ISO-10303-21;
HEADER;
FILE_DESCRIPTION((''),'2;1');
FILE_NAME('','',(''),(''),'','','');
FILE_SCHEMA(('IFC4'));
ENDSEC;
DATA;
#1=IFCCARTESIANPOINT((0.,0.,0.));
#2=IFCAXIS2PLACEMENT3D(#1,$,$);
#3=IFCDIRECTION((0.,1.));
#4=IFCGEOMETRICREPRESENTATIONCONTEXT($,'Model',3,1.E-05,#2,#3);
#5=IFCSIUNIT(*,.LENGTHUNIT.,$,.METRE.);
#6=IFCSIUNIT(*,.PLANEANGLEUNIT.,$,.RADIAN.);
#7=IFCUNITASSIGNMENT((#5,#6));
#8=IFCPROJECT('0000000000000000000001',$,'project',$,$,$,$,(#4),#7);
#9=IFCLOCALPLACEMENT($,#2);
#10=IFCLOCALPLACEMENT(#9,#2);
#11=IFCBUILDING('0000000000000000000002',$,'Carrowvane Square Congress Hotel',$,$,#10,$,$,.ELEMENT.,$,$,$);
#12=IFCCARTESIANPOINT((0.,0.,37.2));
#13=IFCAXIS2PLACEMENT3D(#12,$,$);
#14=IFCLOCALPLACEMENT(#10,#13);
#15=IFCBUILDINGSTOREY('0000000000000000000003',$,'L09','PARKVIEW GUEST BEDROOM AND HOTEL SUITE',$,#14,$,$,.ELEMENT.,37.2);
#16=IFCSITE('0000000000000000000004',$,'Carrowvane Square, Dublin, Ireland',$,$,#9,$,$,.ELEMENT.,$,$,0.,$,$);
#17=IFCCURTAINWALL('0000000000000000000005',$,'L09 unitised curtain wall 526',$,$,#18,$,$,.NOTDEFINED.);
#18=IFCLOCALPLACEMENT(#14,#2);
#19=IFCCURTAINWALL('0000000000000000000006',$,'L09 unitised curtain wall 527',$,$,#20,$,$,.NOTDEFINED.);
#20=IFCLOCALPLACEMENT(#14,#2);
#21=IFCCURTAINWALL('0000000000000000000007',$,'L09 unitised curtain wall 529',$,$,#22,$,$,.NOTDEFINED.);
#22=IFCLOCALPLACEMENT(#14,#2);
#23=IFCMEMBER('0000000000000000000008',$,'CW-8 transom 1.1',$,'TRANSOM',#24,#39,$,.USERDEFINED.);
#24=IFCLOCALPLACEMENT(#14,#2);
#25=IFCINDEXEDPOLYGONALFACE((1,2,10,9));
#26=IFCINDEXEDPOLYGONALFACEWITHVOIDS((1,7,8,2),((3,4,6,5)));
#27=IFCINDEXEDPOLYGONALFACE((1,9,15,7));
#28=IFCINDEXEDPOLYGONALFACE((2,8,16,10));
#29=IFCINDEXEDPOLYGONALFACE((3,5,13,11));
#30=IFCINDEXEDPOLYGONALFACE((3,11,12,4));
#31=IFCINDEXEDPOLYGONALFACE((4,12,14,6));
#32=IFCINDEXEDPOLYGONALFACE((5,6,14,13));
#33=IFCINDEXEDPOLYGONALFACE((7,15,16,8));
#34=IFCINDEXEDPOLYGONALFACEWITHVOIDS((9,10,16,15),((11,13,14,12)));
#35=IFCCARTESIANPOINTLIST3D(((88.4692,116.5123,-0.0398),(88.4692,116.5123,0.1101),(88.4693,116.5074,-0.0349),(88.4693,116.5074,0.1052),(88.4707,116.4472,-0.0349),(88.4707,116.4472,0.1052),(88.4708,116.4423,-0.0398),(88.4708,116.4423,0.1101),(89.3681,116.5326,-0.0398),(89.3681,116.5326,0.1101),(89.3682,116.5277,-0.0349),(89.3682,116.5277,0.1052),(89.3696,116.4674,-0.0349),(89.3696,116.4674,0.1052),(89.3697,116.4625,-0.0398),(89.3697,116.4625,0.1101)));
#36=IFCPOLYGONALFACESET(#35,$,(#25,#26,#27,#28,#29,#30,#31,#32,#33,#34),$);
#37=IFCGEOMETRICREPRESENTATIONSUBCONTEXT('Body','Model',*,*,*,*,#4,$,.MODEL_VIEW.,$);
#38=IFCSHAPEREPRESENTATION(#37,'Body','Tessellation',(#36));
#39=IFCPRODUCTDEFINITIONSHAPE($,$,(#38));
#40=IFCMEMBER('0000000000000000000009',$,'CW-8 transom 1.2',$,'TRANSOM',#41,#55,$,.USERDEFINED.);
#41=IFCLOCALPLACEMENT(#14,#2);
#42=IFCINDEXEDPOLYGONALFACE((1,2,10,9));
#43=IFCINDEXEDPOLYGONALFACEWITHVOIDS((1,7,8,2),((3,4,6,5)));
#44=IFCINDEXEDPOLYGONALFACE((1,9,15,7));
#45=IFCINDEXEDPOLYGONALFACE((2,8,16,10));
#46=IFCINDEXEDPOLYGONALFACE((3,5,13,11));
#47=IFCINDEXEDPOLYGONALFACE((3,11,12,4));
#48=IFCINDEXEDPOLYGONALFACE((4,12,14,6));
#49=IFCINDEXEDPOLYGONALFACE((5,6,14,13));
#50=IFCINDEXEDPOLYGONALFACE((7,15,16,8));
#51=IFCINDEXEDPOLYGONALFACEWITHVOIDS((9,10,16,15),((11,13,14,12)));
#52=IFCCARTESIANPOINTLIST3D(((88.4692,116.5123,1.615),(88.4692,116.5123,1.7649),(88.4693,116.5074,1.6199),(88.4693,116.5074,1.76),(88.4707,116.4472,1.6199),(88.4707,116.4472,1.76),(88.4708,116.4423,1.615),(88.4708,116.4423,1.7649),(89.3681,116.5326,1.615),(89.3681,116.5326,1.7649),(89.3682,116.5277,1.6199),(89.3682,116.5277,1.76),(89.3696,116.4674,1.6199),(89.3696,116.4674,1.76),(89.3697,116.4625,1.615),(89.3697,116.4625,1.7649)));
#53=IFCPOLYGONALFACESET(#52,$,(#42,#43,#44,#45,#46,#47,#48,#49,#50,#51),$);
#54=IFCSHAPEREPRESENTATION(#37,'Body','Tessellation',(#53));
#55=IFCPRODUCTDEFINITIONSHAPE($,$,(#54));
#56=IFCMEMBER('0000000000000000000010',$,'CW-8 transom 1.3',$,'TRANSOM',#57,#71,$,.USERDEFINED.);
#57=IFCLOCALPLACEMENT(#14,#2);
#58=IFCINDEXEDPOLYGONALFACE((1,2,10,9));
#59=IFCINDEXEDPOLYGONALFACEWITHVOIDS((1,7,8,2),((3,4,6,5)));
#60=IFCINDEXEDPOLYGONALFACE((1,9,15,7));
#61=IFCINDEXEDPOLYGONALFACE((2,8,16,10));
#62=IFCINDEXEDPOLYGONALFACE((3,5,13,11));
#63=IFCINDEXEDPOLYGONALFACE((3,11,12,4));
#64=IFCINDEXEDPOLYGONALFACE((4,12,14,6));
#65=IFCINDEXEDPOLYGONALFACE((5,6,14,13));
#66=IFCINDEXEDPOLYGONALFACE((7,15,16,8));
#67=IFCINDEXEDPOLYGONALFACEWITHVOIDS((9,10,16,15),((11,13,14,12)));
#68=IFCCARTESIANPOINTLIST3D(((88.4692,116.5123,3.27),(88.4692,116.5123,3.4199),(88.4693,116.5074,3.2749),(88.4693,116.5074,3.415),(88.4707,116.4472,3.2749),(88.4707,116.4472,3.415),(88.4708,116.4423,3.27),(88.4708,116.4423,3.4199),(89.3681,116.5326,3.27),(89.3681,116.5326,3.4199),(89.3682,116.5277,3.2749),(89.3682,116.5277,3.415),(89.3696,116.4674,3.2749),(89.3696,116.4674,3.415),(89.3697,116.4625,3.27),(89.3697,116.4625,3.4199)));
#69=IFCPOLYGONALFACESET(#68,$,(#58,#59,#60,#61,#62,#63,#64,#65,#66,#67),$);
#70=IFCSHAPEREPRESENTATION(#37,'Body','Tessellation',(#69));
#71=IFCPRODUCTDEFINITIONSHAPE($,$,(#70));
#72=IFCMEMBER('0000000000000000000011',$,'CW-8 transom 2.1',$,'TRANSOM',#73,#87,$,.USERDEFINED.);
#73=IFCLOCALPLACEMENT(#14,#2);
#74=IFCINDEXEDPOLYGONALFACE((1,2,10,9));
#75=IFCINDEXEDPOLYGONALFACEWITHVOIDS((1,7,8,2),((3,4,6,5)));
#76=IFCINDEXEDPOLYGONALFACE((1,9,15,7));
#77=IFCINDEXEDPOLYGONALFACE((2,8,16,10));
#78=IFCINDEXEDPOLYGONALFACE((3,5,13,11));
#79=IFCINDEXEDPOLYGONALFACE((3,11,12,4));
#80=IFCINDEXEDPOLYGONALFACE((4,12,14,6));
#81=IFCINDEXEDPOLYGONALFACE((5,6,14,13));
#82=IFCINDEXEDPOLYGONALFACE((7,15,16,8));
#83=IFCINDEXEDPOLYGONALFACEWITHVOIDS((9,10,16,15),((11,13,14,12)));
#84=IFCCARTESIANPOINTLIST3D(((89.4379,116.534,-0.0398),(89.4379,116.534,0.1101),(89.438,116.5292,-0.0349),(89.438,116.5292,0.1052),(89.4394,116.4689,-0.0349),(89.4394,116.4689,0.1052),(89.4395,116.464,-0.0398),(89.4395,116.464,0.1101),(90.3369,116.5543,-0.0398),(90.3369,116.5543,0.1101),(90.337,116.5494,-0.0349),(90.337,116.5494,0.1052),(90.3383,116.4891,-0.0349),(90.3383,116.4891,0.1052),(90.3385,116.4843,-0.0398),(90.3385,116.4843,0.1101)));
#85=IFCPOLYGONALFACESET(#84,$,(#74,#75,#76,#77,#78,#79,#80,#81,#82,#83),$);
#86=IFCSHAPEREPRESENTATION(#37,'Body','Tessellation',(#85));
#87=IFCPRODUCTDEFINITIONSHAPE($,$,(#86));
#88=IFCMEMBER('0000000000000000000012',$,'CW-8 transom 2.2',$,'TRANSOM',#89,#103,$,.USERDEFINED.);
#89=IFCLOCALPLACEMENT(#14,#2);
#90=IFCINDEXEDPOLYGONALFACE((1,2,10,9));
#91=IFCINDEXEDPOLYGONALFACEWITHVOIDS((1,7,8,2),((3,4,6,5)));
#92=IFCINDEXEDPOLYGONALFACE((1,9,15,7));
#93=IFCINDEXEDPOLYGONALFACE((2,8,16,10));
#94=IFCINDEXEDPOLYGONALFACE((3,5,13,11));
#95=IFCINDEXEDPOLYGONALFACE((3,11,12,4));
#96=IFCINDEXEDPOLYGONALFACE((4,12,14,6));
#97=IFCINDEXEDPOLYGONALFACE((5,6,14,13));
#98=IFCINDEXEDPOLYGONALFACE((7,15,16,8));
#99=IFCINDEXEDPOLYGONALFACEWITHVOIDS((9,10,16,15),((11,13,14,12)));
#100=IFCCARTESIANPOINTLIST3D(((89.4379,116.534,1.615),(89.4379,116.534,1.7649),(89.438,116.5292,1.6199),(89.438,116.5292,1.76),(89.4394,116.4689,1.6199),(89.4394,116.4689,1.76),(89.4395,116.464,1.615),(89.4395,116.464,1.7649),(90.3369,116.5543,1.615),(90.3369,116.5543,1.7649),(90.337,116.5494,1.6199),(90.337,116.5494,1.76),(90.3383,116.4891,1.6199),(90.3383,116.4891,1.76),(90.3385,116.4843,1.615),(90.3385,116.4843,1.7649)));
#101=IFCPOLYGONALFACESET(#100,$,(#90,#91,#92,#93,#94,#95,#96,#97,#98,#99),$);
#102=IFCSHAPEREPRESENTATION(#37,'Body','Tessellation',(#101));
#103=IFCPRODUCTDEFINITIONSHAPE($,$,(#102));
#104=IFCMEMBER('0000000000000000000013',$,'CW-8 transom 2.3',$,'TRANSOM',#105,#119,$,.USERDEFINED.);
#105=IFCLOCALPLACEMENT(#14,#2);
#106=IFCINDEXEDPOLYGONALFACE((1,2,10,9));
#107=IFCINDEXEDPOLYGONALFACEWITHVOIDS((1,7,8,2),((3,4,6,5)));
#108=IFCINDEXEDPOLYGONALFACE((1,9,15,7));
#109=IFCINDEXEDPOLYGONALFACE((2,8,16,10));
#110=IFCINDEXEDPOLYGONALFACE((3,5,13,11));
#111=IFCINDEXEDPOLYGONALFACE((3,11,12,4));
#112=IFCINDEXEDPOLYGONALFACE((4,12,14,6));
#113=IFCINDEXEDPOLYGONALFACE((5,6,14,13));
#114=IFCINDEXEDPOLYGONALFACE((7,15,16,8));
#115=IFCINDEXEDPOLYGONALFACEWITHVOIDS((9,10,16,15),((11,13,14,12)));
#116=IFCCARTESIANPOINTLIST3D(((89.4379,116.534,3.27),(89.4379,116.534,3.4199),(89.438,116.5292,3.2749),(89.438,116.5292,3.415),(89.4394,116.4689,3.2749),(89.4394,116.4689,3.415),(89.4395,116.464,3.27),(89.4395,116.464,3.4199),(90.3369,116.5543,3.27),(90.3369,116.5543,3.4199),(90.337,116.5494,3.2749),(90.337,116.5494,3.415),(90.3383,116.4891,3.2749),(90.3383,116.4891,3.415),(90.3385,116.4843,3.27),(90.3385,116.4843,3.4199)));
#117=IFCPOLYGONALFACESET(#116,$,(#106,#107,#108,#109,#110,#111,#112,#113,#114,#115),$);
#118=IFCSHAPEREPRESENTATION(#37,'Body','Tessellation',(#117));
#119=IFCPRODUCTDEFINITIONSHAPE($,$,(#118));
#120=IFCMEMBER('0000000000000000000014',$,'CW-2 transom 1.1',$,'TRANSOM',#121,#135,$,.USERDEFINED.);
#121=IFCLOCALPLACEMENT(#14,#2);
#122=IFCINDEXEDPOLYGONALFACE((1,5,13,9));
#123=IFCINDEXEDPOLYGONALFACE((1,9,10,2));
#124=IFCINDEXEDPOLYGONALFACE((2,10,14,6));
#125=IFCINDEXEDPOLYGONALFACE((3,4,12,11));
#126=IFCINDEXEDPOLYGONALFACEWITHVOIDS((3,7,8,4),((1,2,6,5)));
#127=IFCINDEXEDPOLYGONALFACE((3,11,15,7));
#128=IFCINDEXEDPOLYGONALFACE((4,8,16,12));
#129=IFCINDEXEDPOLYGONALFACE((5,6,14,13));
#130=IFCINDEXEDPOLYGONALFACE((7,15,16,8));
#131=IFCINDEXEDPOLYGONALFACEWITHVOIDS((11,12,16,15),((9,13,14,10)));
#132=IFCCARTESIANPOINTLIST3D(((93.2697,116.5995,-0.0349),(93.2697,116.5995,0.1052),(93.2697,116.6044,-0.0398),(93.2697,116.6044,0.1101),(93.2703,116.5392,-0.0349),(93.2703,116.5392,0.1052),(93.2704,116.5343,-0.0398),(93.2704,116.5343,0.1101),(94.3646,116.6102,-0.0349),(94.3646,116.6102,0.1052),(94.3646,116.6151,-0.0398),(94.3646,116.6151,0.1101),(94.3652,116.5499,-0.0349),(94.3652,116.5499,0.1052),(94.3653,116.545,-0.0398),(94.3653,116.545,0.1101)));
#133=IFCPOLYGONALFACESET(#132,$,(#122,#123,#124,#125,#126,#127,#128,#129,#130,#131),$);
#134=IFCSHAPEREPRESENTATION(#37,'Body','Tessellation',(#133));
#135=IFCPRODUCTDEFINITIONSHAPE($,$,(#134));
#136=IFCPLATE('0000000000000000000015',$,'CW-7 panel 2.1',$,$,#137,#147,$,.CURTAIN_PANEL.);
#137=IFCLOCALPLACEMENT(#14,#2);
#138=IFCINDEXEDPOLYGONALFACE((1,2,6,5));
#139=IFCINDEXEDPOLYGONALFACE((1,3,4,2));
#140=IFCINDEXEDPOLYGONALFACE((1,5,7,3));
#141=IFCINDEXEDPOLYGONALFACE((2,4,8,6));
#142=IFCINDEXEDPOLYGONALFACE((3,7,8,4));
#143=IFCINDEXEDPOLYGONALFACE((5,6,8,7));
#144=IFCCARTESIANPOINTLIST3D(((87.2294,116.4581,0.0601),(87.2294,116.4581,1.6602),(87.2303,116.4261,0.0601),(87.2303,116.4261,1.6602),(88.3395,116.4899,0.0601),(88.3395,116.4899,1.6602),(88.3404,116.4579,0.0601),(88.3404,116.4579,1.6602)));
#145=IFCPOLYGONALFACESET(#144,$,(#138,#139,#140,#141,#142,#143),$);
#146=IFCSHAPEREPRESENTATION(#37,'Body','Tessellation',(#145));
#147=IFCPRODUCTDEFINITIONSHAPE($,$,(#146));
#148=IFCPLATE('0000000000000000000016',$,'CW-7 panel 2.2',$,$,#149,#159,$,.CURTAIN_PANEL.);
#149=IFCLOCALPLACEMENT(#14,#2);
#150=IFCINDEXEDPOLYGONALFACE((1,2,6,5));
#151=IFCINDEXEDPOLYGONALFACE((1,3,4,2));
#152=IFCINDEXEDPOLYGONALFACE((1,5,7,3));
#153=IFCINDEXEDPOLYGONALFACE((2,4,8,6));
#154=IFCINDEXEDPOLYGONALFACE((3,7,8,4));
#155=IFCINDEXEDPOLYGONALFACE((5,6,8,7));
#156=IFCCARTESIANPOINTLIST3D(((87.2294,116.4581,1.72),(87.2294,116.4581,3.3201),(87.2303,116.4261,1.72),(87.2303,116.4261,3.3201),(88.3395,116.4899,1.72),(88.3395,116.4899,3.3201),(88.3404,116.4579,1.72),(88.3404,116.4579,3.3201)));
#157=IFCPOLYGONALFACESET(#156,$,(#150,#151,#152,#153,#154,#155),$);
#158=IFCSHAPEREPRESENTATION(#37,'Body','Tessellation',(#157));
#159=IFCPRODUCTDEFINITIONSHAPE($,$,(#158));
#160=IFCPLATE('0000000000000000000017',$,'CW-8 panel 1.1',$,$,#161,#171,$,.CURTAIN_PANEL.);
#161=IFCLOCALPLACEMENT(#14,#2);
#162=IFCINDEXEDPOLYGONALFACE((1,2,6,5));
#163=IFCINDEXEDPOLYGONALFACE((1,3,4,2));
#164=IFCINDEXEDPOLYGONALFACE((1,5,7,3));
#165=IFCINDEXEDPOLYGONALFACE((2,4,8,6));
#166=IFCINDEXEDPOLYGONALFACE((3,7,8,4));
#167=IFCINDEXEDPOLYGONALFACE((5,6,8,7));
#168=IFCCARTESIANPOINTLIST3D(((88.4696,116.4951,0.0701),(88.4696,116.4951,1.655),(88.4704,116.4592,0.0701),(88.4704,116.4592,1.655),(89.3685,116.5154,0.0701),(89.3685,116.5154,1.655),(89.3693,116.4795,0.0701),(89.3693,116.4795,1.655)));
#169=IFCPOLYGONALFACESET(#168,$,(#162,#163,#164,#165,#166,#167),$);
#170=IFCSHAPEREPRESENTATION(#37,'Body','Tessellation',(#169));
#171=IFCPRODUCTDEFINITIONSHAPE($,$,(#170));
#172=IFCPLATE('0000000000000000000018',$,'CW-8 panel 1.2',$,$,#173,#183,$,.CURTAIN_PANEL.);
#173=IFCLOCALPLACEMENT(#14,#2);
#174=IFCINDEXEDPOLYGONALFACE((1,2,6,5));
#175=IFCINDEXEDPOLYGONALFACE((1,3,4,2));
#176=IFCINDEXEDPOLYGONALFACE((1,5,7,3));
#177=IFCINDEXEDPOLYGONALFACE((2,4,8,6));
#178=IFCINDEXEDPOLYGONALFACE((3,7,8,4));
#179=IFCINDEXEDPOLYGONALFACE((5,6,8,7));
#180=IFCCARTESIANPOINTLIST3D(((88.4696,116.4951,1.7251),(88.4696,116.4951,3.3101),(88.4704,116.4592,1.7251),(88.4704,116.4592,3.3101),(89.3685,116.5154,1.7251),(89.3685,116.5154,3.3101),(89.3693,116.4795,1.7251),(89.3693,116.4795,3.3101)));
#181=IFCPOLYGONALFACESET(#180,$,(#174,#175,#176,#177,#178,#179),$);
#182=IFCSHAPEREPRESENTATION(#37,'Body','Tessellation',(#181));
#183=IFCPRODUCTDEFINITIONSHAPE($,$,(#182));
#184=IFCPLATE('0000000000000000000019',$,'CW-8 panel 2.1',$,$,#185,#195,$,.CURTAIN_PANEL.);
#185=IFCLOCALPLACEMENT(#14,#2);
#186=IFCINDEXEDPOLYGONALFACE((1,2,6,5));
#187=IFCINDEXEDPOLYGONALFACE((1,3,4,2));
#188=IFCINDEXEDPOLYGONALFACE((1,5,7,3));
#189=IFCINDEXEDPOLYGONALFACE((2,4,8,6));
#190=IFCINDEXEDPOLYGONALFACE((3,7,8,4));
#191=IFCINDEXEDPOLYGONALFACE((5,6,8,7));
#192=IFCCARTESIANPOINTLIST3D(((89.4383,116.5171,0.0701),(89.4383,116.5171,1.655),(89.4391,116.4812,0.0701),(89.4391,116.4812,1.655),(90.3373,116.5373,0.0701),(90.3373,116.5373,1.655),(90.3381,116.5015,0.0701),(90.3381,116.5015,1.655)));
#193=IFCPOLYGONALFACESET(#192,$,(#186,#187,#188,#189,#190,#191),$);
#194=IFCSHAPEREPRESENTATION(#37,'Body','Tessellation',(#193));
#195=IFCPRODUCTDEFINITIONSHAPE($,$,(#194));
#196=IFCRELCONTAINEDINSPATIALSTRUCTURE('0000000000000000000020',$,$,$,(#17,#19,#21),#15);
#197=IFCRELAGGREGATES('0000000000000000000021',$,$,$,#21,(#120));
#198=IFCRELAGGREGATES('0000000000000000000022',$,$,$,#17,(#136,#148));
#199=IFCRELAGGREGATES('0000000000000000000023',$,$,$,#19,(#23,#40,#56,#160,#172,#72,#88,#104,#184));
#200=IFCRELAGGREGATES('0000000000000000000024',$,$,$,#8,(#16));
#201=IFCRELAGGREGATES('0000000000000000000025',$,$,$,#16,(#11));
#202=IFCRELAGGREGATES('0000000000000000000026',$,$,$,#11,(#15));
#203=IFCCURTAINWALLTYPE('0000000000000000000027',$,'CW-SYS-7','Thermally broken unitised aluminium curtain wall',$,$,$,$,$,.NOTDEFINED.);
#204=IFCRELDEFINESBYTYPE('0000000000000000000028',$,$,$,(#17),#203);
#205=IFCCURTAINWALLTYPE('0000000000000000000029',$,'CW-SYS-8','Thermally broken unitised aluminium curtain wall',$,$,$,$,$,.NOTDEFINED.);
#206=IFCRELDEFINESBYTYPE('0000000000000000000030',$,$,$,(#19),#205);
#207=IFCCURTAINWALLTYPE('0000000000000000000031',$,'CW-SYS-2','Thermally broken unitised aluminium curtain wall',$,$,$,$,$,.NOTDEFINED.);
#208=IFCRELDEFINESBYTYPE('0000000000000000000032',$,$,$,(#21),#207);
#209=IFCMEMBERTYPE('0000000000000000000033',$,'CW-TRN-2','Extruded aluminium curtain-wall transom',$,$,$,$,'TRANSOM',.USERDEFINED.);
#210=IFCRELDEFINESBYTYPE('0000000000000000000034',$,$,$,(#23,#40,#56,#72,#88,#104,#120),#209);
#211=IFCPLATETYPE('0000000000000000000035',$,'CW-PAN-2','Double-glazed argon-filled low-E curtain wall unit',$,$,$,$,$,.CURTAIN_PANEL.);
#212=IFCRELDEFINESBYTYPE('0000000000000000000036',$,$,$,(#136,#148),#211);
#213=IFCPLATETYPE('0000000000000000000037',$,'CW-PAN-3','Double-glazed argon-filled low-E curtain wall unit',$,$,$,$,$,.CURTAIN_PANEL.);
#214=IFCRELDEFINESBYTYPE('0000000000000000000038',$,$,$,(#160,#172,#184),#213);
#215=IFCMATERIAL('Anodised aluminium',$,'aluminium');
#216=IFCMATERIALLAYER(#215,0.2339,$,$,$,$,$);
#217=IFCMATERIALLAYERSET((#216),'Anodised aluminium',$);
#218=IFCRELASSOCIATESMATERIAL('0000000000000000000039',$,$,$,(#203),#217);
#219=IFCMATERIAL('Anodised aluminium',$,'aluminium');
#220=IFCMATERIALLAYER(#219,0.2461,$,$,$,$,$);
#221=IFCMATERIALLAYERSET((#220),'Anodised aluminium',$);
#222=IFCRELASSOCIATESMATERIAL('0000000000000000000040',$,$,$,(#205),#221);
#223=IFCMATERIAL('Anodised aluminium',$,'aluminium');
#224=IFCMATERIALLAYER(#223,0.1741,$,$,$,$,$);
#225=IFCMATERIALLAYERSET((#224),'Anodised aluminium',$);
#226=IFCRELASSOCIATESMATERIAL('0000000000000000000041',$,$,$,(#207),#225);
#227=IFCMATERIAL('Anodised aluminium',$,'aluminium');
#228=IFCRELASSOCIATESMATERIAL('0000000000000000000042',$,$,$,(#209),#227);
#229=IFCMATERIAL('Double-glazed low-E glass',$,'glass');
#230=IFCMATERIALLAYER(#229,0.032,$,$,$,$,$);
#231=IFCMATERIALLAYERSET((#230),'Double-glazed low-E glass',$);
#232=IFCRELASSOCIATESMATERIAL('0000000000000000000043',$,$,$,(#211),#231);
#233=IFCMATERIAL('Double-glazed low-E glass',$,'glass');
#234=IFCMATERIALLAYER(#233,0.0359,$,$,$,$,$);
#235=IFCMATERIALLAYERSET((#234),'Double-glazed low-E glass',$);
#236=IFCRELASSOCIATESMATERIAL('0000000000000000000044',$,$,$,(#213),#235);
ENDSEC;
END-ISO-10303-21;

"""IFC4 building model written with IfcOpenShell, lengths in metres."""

from ifc_helpers import new_model, si_unit, direction, frame, origin, origin_2d, place, context, subcontext, project, spatial, rectangle, hollow_rectangle, extrude, material, layer, layer_set, material_profile, profile_set, type_object, element, aggregate, save


model = new_model("IFC4")

# Units and contexts
model_context = context("Model", 3, precision=1e-05, world=origin(), true_north=direction((0.0, 1.0)))
body_context = subcontext(model_context, "Body", "Model", "MODEL_VIEW")
ifc_project = project(units=[si_unit("LENGTHUNIT", "METRE"), si_unit("PLANEANGLEUNIT", "RADIAN")], contexts=[model_context])

# Site, building, storey
site_placement = place(None, origin())
site = spatial("IfcSite", under=ifc_project, at=site_placement, Name="Carrowvane Square, Dublin, Ireland", CompositionType="ELEMENT", RefElevation=0.0)
building_placement = place(site_placement, origin())
building = spatial("IfcBuilding", under=site, at=building_placement, Name="Carrowvane Square Congress Hotel", CompositionType="ELEMENT")
storey_placement = place(building_placement, frame((0.0, 0.0, 37.2)))
storey = spatial("IfcBuildingStorey", under=building, at=storey_placement, Name="L09", Description="PARKVIEW GUEST BEDROOM AND HOTEL SUITE", CompositionType="ELEMENT", Elevation=37.2)

# Curtain wall
ifc_material_1 = material(Name="Anodised aluminium", Category="aluminium")
ifc_layer_1 = layer(ifc_material_1, 0.2339)
ifc_layer_set_1 = layer_set([ifc_layer_1], Name="Anodised aluminium")
curtain_wall_type_1 = type_object("IfcCurtainWallType", Name="CW-SYS-7", Description="Thermally broken unitised aluminium curtain wall", PredefinedType="NOTDEFINED", material=ifc_layer_set_1)
curtain_wall_1_placement = place(storey_placement, origin())
curtain_wall_1 = element("IfcCurtainWall", 1, at=curtain_wall_1_placement, inside=storey, type_object=curtain_wall_type_1, Name="L09 unitised curtain wall 526", PredefinedType="NOTDEFINED")

# Curtain wall
ifc_material_2 = material(Name="Anodised aluminium", Category="aluminium")
ifc_layer_2 = layer(ifc_material_2, 0.2461)
ifc_layer_set_2 = layer_set([ifc_layer_2], Name="Anodised aluminium")
curtain_wall_type_2 = type_object("IfcCurtainWallType", Name="CW-SYS-8", Description="Thermally broken unitised aluminium curtain wall", PredefinedType="NOTDEFINED", material=ifc_layer_set_2)
curtain_wall_2_placement = place(storey_placement, origin())
curtain_wall_2 = element("IfcCurtainWall", 2, at=curtain_wall_2_placement, inside=storey, type_object=curtain_wall_type_2, Name="L09 unitised curtain wall 527", PredefinedType="NOTDEFINED")

# Curtain wall
ifc_material_3 = material(Name="Anodised aluminium", Category="aluminium")
ifc_layer_3 = layer(ifc_material_3, 0.1741)
ifc_layer_set_3 = layer_set([ifc_layer_3], Name="Anodised aluminium")
curtain_wall_type_3 = type_object("IfcCurtainWallType", Name="CW-SYS-2", Description="Thermally broken unitised aluminium curtain wall", PredefinedType="NOTDEFINED", material=ifc_layer_set_3)
curtain_wall_3_placement = place(storey_placement, origin())
curtain_wall_3 = element("IfcCurtainWall", 3, at=curtain_wall_3_placement, inside=storey, type_object=curtain_wall_type_3, Name="L09 unitised curtain wall 529", PredefinedType="NOTDEFINED")

# Members
ifc_material_4 = material(Name="Anodised aluminium", Category="aluminium")
ifc_material_profile_1 = material_profile(ifc_material_4, hollow_rectangle(XDim=0.0701, YDim=0.1499, WallThickness=0.0049, at=origin_2d()), Name="CW-TR 70x150x5")
ifc_profile_set_1 = profile_set([ifc_material_profile_1], Name="Anodised aluminium")
member_type_1 = type_object("IfcMemberType", Name="CW-TRN-2", Description="Extruded aluminium curtain-wall transom", ElementType="TRANSOM", PredefinedType="USERDEFINED", material=ifc_profile_set_1)
member_1_placement = place(storey_placement, frame((88.47, 116.4773, 0.0352), z_axis=(0.999746, 0.022536, 0.0), x_axis=(-0.022536, 0.999746, 0.0)))
member_1 = element("IfcMember", 4, at=member_1_placement, type_object=member_type_1, Name="CW-8 transom 1.1", ObjectType="TRANSOM", PredefinedType="USERDEFINED", context=body_context, shape_type="SweptSolid", body=[
    extrude(hollow_rectangle(XDim=0.0701, YDim=0.1499, WallThickness=0.0049, at=origin_2d()), origin(), (0.0, 0.0, 1.0), 0.8992),
])
member_2_placement = place(storey_placement, frame((88.47, 116.4773, 1.6899), z_axis=(0.999746, 0.022536, 0.0), x_axis=(-0.022536, 0.999746, 0.0)))
member_2 = element("IfcMember", 5, at=member_2_placement, type_object=member_type_1, Name="CW-8 transom 1.2", ObjectType="TRANSOM", PredefinedType="USERDEFINED", context=body_context, shape_type="SweptSolid", body=[
    extrude(hollow_rectangle(XDim=0.0701, YDim=0.1499, WallThickness=0.0049, at=origin_2d()), origin(), (0.0, 0.0, 1.0), 0.8992),
])
member_3_placement = place(storey_placement, frame((88.47, 116.4773, 3.345), z_axis=(0.999746, 0.022536, 0.0), x_axis=(-0.022536, 0.999746, 0.0)))
member_3 = element("IfcMember", 6, at=member_3_placement, type_object=member_type_1, Name="CW-8 transom 1.3", ObjectType="TRANSOM", PredefinedType="USERDEFINED", context=body_context, shape_type="SweptSolid", body=[
    extrude(hollow_rectangle(XDim=0.0701, YDim=0.1499, WallThickness=0.0049, at=origin_2d()), origin(), (0.0, 0.0, 1.0), 0.8992),
])
member_4_placement = place(storey_placement, frame((89.4387, 116.499, 0.0352), z_axis=(0.999746, 0.022536, 0.0), x_axis=(-0.022536, 0.999746, 0.0)))
member_4 = element("IfcMember", 7, at=member_4_placement, type_object=member_type_1, Name="CW-8 transom 2.1", ObjectType="TRANSOM", PredefinedType="USERDEFINED", context=body_context, shape_type="SweptSolid", body=[
    extrude(hollow_rectangle(XDim=0.0701, YDim=0.1499, WallThickness=0.0049, at=origin_2d()), origin(), (0.0, 0.0, 1.0), 0.8992),
])
member_5_placement = place(storey_placement, frame((89.4387, 116.499, 1.6899), z_axis=(0.999746, 0.022536, 0.0), x_axis=(-0.022536, 0.999746, 0.0)))
member_5 = element("IfcMember", 8, at=member_5_placement, type_object=member_type_1, Name="CW-8 transom 2.2", ObjectType="TRANSOM", PredefinedType="USERDEFINED", context=body_context, shape_type="SweptSolid", body=[
    extrude(hollow_rectangle(XDim=0.0701, YDim=0.1499, WallThickness=0.0049, at=origin_2d()), origin(), (0.0, 0.0, 1.0), 0.8992),
])
member_6_placement = place(storey_placement, frame((89.4387, 116.499, 3.345), z_axis=(0.999746, 0.022536, 0.0), x_axis=(-0.022536, 0.999746, 0.0)))
member_6 = element("IfcMember", 9, at=member_6_placement, type_object=member_type_1, Name="CW-8 transom 2.3", ObjectType="TRANSOM", PredefinedType="USERDEFINED", context=body_context, shape_type="SweptSolid", body=[
    extrude(hollow_rectangle(XDim=0.0701, YDim=0.1499, WallThickness=0.0049, at=origin_2d()), origin(), (0.0, 0.0, 1.0), 0.8992),
])
member_7_placement = place(storey_placement, frame((93.27, 116.5693, 0.0352), z_axis=(0.999952, 0.00981, 0.0), x_axis=(-0.00981, 0.999952, 0.0)))
member_7 = element("IfcMember", 10, at=member_7_placement, type_object=member_type_1, Name="CW-2 transom 1.1", ObjectType="TRANSOM", PredefinedType="USERDEFINED", context=body_context, shape_type="SweptSolid", body=[
    extrude(hollow_rectangle(XDim=0.0701, YDim=0.1499, WallThickness=0.0049, at=origin_2d()), origin(), (0.0, 0.0, 1.0), 1.095),
])
aggregate(curtain_wall_3, [member_7])

# Plates
ifc_material_5 = material(Name="Double-glazed low-E glass", Category="glass")
ifc_layer_4 = layer(ifc_material_5, 0.032)
ifc_layer_set_4 = layer_set([ifc_layer_4], Name="Double-glazed low-E glass")
plate_type_1 = type_object("IfcPlateType", Name="CW-PAN-2", Description="Double-glazed argon-filled low-E curtain wall unit", PredefinedType="CURTAIN_PANEL", material=ifc_layer_set_4)
plate_1_placement = place(storey_placement, frame((87.7849, 116.458, 0.0601), z_axis=(0.0, 0.0, 1.0), x_axis=(0.99959, 0.028638, 0.0)))
plate_1 = element("IfcPlate", 11, at=plate_1_placement, type_object=plate_type_1, Name="CW-7 panel 2.1", PredefinedType="CURTAIN_PANEL", context=body_context, shape_type="SweptSolid", body=[
    extrude(rectangle(XDim=1.1106, YDim=0.032, at=origin_2d()), origin(), (0.0, 0.0, 1.0), 1.6001),
])
plate_2_placement = place(storey_placement, frame((87.7849, 116.458, 1.72), z_axis=(0.0, 0.0, 1.0), x_axis=(0.99959, 0.028638, 0.0)))
plate_2 = element("IfcPlate", 12, at=plate_2_placement, type_object=plate_type_1, Name="CW-7 panel 2.2", PredefinedType="CURTAIN_PANEL", context=body_context, shape_type="SweptSolid", body=[
    extrude(rectangle(XDim=1.1106, YDim=0.032, at=origin_2d()), origin(), (0.0, 0.0, 1.0), 1.6001),
])
aggregate(curtain_wall_1, [plate_1, plate_2])
ifc_material_6 = material(Name="Double-glazed low-E glass", Category="glass")
ifc_layer_5 = layer(ifc_material_6, 0.0359)
ifc_layer_set_5 = layer_set([ifc_layer_5], Name="Double-glazed low-E glass")
plate_type_2 = type_object("IfcPlateType", Name="CW-PAN-3", Description="Double-glazed argon-filled low-E curtain wall unit", PredefinedType="CURTAIN_PANEL", material=ifc_layer_set_5)
plate_3_placement = place(storey_placement, frame((88.9194, 116.4873, 0.0701), z_axis=(0.0, 0.0, 1.0), x_axis=(0.999746, 0.022518, 0.0)))
plate_3 = element("IfcPlate", 13, at=plate_3_placement, type_object=plate_type_2, Name="CW-8 panel 1.1", PredefinedType="CURTAIN_PANEL", context=body_context, shape_type="SweptSolid", body=[
    extrude(rectangle(XDim=0.8992, YDim=0.0359, at=origin_2d()), origin(), (0.0, 0.0, 1.0), 1.585),
])
plate_4_placement = place(storey_placement, frame((88.9194, 116.4873, 1.7251), z_axis=(0.0, 0.0, 1.0), x_axis=(0.999746, 0.022518, 0.0)))
plate_4 = element("IfcPlate", 14, at=plate_4_placement, type_object=plate_type_2, Name="CW-8 panel 1.2", PredefinedType="CURTAIN_PANEL", context=body_context, shape_type="SweptSolid", body=[
    extrude(rectangle(XDim=0.8992, YDim=0.0359, at=origin_2d()), origin(), (0.0, 0.0, 1.0), 1.585),
])
plate_5_placement = place(storey_placement, frame((89.8882, 116.5093, 0.0701), z_axis=(0.0, 0.0, 1.0), x_axis=(0.999746, 0.022518, 0.0)))
plate_5 = element("IfcPlate", 15, at=plate_5_placement, type_object=plate_type_2, Name="CW-8 panel 2.1", PredefinedType="CURTAIN_PANEL", context=body_context, shape_type="SweptSolid", body=[
    extrude(rectangle(XDim=0.8992, YDim=0.0359, at=origin_2d()), origin(), (0.0, 0.0, 1.0), 1.585),
])
aggregate(curtain_wall_2, [member_1, member_2, member_3, plate_3, plate_4, member_4, member_5, member_6, plate_5])

save(model, "model.ifc")
